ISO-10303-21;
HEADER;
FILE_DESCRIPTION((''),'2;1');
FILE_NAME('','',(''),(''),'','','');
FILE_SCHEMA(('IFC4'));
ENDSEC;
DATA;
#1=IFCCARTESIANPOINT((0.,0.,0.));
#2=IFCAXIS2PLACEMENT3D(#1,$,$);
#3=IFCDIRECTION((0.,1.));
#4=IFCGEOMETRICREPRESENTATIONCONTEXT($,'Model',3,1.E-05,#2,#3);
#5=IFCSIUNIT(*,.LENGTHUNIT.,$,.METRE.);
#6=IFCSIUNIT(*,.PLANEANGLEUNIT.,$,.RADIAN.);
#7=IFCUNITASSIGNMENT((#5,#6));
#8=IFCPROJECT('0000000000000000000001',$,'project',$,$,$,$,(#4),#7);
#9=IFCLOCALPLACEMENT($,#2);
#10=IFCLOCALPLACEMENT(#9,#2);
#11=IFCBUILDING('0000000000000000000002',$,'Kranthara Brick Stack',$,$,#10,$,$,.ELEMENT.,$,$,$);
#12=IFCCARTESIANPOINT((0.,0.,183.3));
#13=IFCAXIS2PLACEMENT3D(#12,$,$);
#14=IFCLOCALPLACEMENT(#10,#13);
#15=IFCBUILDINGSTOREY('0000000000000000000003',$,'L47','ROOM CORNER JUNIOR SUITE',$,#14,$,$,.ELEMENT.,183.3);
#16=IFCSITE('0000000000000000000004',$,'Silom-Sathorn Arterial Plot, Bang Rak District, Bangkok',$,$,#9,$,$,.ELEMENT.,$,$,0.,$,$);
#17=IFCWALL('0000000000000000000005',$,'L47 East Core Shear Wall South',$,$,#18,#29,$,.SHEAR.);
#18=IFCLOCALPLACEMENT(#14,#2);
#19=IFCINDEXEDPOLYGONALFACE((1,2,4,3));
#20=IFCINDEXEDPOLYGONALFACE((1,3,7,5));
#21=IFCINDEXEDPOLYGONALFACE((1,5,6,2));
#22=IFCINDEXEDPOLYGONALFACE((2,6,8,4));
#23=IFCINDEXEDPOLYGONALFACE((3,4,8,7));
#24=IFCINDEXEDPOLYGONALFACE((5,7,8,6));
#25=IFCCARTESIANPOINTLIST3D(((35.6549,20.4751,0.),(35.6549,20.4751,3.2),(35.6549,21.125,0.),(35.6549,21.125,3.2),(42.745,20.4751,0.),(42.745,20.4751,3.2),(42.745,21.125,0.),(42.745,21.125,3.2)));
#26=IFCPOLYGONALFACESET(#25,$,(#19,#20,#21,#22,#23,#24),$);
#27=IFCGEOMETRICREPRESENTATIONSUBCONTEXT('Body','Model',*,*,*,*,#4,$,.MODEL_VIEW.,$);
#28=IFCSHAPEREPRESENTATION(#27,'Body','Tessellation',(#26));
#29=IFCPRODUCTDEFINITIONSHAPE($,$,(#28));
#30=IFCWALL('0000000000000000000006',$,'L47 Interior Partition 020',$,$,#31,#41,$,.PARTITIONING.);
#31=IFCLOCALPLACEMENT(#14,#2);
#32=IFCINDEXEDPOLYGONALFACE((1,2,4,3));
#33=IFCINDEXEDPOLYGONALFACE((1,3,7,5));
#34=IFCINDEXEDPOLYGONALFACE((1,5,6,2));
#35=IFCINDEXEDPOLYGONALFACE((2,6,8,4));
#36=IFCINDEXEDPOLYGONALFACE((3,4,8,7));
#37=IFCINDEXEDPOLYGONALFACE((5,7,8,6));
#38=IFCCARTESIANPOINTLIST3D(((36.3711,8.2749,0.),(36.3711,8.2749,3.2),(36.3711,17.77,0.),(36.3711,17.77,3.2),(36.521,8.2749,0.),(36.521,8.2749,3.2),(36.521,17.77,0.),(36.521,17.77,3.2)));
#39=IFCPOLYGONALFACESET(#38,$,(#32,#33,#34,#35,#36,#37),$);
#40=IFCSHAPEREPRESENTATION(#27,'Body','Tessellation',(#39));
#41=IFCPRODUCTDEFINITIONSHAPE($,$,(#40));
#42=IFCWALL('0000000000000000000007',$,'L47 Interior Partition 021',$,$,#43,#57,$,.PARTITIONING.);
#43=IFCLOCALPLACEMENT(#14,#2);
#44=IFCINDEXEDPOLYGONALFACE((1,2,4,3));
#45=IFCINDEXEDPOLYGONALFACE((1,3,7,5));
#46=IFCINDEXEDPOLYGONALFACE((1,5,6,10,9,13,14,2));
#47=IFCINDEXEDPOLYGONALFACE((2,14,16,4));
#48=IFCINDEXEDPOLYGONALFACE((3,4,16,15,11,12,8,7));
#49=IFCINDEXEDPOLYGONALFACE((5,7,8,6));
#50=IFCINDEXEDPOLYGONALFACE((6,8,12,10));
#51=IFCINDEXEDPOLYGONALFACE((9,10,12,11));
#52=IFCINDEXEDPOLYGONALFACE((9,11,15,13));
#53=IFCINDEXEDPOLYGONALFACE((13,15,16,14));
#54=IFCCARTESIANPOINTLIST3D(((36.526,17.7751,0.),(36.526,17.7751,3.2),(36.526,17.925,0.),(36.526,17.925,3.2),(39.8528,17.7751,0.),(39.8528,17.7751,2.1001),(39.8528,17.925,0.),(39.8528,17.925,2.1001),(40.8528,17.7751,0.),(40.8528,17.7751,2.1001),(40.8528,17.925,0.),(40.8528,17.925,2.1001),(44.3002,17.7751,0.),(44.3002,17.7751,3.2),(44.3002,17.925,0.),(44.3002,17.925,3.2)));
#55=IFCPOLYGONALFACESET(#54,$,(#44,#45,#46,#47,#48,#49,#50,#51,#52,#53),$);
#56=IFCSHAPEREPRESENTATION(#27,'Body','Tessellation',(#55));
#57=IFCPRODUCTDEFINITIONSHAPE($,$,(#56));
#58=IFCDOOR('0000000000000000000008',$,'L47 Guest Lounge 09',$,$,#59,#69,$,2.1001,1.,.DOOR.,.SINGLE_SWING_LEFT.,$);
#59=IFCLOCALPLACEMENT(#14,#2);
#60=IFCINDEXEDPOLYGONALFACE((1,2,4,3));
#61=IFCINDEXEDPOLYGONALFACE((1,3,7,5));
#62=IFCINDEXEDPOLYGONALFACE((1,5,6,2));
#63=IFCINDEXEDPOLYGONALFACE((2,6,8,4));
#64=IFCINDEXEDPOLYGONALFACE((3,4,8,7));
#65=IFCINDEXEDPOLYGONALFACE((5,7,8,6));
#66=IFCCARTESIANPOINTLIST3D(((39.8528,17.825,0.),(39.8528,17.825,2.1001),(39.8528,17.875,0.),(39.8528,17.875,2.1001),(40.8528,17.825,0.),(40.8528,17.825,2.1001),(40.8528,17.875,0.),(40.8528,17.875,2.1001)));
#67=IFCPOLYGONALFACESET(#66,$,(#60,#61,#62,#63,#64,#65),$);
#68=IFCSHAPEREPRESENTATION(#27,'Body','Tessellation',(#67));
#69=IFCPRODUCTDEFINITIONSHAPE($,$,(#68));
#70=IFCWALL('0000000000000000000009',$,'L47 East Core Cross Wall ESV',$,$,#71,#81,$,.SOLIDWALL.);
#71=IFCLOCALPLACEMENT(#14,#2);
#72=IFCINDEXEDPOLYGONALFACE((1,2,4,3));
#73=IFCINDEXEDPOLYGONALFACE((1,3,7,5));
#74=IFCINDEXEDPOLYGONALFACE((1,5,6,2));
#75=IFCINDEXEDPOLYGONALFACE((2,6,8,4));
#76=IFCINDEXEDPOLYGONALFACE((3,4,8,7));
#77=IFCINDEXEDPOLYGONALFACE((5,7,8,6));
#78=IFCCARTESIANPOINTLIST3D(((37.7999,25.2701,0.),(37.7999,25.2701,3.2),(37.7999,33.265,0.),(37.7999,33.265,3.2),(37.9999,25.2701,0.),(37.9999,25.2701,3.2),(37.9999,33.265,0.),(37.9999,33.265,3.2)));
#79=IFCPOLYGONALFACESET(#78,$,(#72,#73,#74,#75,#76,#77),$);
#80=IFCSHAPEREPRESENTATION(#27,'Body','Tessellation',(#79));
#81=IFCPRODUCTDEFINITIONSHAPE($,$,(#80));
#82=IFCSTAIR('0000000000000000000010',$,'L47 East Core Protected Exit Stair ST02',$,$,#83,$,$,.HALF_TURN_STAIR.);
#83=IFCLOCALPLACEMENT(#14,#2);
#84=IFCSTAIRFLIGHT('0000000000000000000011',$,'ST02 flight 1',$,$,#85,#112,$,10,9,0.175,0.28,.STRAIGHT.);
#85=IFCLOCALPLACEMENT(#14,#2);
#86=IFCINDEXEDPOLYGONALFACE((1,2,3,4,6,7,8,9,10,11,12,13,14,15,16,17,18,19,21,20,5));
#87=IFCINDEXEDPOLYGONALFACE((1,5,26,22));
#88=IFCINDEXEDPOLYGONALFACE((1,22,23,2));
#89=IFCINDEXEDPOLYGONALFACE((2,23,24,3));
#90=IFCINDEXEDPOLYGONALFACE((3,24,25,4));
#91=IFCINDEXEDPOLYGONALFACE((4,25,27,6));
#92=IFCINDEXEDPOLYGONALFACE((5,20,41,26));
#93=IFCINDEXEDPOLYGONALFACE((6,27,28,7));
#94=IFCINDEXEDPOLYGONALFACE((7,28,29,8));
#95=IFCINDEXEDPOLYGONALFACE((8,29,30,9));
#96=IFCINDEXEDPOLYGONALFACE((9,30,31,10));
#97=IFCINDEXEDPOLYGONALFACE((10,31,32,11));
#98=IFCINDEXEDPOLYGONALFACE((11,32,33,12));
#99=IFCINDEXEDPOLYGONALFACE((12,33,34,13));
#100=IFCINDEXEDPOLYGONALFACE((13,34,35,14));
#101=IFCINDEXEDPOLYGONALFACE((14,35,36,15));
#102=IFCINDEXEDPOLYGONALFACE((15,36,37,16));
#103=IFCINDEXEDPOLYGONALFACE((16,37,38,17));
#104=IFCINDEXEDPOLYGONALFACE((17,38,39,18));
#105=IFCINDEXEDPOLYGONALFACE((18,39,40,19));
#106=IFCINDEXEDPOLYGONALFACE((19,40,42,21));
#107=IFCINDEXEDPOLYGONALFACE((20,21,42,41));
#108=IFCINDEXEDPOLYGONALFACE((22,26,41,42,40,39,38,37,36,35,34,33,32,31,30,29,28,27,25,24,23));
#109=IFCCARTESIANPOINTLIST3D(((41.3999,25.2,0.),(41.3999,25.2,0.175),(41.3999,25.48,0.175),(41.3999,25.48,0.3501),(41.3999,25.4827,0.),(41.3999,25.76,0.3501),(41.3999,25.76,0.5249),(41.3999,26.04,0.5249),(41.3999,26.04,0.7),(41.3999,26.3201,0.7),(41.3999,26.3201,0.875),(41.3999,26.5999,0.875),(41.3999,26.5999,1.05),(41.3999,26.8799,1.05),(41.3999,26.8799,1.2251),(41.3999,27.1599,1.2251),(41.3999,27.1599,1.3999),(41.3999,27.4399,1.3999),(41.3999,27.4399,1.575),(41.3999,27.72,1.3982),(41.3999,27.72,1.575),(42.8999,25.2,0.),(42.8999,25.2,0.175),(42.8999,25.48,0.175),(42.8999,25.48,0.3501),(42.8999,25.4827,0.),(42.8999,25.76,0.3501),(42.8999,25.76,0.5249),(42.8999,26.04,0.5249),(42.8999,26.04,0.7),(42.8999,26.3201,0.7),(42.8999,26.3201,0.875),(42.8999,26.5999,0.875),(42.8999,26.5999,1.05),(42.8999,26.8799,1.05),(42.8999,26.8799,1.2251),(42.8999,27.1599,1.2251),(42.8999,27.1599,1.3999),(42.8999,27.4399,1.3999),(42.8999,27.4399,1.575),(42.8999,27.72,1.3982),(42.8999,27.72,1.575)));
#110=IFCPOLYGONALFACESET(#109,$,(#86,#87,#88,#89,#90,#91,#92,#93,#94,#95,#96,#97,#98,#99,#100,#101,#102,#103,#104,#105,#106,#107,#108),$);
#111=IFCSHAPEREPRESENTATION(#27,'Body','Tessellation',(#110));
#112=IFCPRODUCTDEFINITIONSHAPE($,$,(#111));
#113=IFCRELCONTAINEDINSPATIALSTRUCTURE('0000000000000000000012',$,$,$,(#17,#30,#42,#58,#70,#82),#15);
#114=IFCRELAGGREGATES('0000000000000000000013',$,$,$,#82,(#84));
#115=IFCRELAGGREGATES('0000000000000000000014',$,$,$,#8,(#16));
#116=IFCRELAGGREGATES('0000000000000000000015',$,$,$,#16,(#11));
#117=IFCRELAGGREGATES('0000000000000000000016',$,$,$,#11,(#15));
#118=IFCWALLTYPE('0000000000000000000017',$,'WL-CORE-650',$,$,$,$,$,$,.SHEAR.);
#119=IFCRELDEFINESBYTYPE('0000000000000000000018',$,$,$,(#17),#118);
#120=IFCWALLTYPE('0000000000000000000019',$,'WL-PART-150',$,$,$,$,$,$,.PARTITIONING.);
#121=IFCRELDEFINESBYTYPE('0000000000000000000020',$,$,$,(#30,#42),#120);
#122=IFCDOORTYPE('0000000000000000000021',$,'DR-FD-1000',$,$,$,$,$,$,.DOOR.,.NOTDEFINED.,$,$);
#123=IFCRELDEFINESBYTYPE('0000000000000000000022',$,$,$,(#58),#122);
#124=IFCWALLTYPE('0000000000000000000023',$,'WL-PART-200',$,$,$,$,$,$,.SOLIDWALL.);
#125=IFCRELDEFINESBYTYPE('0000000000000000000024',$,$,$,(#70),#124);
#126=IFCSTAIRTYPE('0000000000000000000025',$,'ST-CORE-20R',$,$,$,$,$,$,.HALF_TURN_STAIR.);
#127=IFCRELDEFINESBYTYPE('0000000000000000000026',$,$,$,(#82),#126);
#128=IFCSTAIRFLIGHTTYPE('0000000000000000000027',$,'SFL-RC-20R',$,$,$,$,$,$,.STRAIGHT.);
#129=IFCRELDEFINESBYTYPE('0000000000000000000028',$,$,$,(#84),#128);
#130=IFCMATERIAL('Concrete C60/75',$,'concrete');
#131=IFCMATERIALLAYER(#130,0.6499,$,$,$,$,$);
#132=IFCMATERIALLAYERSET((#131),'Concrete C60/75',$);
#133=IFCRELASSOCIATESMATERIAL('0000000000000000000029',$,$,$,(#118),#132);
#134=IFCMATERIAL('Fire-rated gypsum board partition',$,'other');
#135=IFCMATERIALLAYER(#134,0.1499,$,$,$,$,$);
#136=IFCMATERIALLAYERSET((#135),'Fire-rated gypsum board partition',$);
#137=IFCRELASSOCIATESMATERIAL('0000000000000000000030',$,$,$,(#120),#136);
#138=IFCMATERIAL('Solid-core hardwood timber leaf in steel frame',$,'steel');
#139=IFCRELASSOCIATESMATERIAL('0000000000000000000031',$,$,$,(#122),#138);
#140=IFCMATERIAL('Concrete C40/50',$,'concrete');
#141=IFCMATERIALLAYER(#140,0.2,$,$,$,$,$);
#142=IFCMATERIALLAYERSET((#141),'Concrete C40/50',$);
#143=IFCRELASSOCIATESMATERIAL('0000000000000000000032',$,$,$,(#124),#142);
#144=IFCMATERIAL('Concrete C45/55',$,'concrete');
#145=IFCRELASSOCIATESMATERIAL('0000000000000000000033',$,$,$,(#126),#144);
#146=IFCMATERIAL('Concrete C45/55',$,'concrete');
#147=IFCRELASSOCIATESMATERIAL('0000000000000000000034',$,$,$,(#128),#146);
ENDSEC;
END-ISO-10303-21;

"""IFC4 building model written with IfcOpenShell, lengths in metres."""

from ifc_helpers import new_model, si_unit, direction, frame, frame_2d, origin, place, context, subcontext, project, spatial, polyline, rectangle, outline, extrude, material, layer, layer_set, type_object, element, fill, aggregate, save


model = new_model("IFC4")

# Units and contexts
model_context = context("Model", 3, precision=1e-05, world=origin(), true_north=direction((0.0, 1.0)))
body_context = subcontext(model_context, "Body", "Model", "MODEL_VIEW")
ifc_project = project(units=[si_unit("LENGTHUNIT", "METRE"), si_unit("PLANEANGLEUNIT", "RADIAN")], contexts=[model_context])

# Site, building, storey
site_placement = place(None, origin())
site = spatial("IfcSite", under=ifc_project, at=site_placement, Name="Silom-Sathorn Arterial Plot, Bang Rak District, Bangkok", CompositionType="ELEMENT", RefElevation=0.0)
building_placement = place(site_placement, origin())
building = spatial("IfcBuilding", under=site, at=building_placement, Name="Kranthara Brick Stack", CompositionType="ELEMENT")
storey_placement = place(building_placement, frame((0.0, 0.0, 183.3)))
storey = spatial("IfcBuildingStorey", under=building, at=storey_placement, Name="L47", Description="ROOM CORNER JUNIOR SUITE", CompositionType="ELEMENT", Elevation=183.3)

# Walls
ifc_material_1 = material(Name="Concrete C60/75", Category="concrete")
ifc_layer_1 = layer(ifc_material_1, 0.6499)
ifc_layer_set_1 = layer_set([ifc_layer_1], Name="Concrete C60/75")
wall_type_1 = type_object("IfcWallType", Name="WL-CORE-650", PredefinedType="SHEAR", material=ifc_layer_set_1)
wall_1_placement = place(storey_placement, frame((35.655, 20.8, 0.0), z_axis=(0.0, 0.0, 1.0), x_axis=(1.0, 0.0, 0.0)))
element("IfcWall", 1, at=wall_1_placement, inside=storey, type_object=wall_type_1, Name="L47 East Core Shear Wall South", PredefinedType="SHEAR", context=body_context, shape_type="SweptSolid", body=[
    extrude(rectangle(XDim=7.0901, YDim=0.6499, at=frame_2d((3.5449, 0.0))), origin(), (0.0, 0.0, 1.0), 3.2),
])
ifc_material_2 = material(Name="Fire-rated gypsum board partition", Category="other")
ifc_layer_2 = layer(ifc_material_2, 0.1499)
ifc_layer_set_2 = layer_set([ifc_layer_2], Name="Fire-rated gypsum board partition")
wall_type_2 = type_object("IfcWallType", Name="WL-PART-150", PredefinedType="PARTITIONING", material=ifc_layer_set_2)
wall_2_placement = place(storey_placement, frame((36.446, 8.2749, 0.0), z_axis=(0.0, 0.0, 1.0), x_axis=(0.0, 1.0, 0.0)))
element("IfcWall", 2, at=wall_2_placement, inside=storey, type_object=wall_type_2, Name="L47 Interior Partition 020", PredefinedType="PARTITIONING", context=body_context, shape_type="SweptSolid", body=[
    extrude(rectangle(XDim=9.4951, YDim=0.1499, at=frame_2d((4.7476, 0.0))), origin(), (0.0, 0.0, 1.0), 3.2),
])

# Wall, opening, door
wall_3_placement = place(storey_placement, frame((36.5259, 17.8501, 0.0), z_axis=(0.0, 0.0, 1.0), x_axis=(1.0, 0.0, 0.0)))
wall_3 = element("IfcWall", 3, at=wall_3_placement, inside=storey, type_object=wall_type_2, Name="L47 Interior Partition 021", PredefinedType="PARTITIONING", context=body_context, shape_type="SweptSolid", body=[
    extrude(rectangle(XDim=7.7742, YDim=0.1499, at=frame_2d((3.8872, 0.0))), origin(), (0.0, 0.0, 1.0), 3.2),
])
opening_1_placement = place(wall_3_placement, frame((3.3269, 0.0, 0.0)))
opening_1 = element("IfcOpeningElement", 4, at=opening_1_placement, cuts=wall_3, PredefinedType="OPENING", context=body_context, shape_type="SweptSolid", body=[
    extrude(rectangle(XDim=1.0, YDim=2.1001, at=frame_2d((0.5, 1.05))), frame((0.0, 0.085, 0.0), z_axis=(0.0, -1.0, 0.0), x_axis=(1.0, 0.0, 0.0)), (0.0, 0.0, 1.0), 0.1699),
])
ifc_material_3 = material(Name="Solid-core hardwood timber leaf in steel frame", Category="steel")
door_type_1 = type_object("IfcDoorType", Name="DR-FD-1000", OperationType="NOTDEFINED", PredefinedType="DOOR", material=ifc_material_3)
door_1_placement = place(opening_1_placement, origin())
door_1 = element("IfcDoor", 5, at=door_1_placement, inside=storey, type_object=door_type_1, Name="L47 Guest Lounge 09", OperationType="SINGLE_SWING_LEFT", OverallHeight=2.1001, OverallWidth=1.0, PredefinedType="DOOR", context=body_context, shape_type="SweptSolid", body=[
    extrude(rectangle(XDim=1.0, YDim=2.1001, at=frame_2d((0.5, 1.05))), frame((0.0, 0.0249, 0.0), z_axis=(0.0, -1.0, 0.0), x_axis=(1.0, 0.0, 0.0)), (0.0, 0.0, 1.0), 0.05),
])
fill(opening_1, door_1)

# Wall
ifc_material_4 = material(Name="Concrete C40/50", Category="concrete")
ifc_layer_3 = layer(ifc_material_4, 0.2)
ifc_layer_set_3 = layer_set([ifc_layer_3], Name="Concrete C40/50")
wall_type_3 = type_object("IfcWallType", Name="WL-PART-200", PredefinedType="SOLIDWALL", material=ifc_layer_set_3)
wall_4_placement = place(storey_placement, frame((37.8999, 25.27, 0.0), z_axis=(0.0, 0.0, 1.0), x_axis=(0.0, 1.0, 0.0)))
element("IfcWall", 6, at=wall_4_placement, inside=storey, type_object=wall_type_3, Name="L47 East Core Cross Wall ESV", PredefinedType="SOLIDWALL", context=body_context, shape_type="SweptSolid", body=[
    extrude(rectangle(XDim=7.9949, YDim=0.2, at=frame_2d((3.9976, 0.0))), origin(), (0.0, 0.0, 1.0), 3.2),
])

# Stair, stair flight
ifc_material_5 = material(Name="Concrete C45/55", Category="concrete")
stair_type = type_object("IfcStairType", Name="ST-CORE-20R", PredefinedType="HALF_TURN_STAIR", material=ifc_material_5)
stair_placement = place(storey_placement, origin())
stair = element("IfcStair", 7, at=stair_placement, inside=storey, type_object=stair_type, Name="L47 East Core Protected Exit Stair ST02", PredefinedType="HALF_TURN_STAIR")
ifc_material_6 = material(Name="Concrete C45/55", Category="concrete")
stair_flight_type = type_object("IfcStairFlightType", Name="SFL-RC-20R", PredefinedType="STRAIGHT", material=ifc_material_6)
stair_flight_placement = place(storey_placement, frame((42.1499, 25.2, 0.0), z_axis=(0.0, 0.0, 1.0), x_axis=(0.0, 1.0, 0.0)))
stair_flight = element("IfcStairFlight", 8, at=stair_flight_placement, type_object=stair_flight_type, Name="ST02 flight 1", NumberOfRisers=10, NumberOfTreads=9, PredefinedType="STRAIGHT", RiserHeight=0.175, TreadLength=0.28, context=body_context, shape_type="SweptSolid", body=[
    extrude(outline(polyline([(0.0, 0.0), (0.0, 0.175), (0.28, 0.175), (0.28, 0.3501), (0.5601, 0.3501), (0.5601, 0.5249), (0.8401, 0.5249), (0.8401, 0.7), (1.1201, 0.7), (1.1201, 0.875), (1.3999, 0.875), (1.3999, 1.05), (1.6799, 1.05), (1.6799, 1.2251), (1.96, 1.2251), (1.96, 1.3999), (2.24, 1.3999), (2.24, 1.575), (2.52, 1.575), (2.52, 1.75), (2.52, 1.3982), (0.2827, 0.0), (0.0, 0.0)])), frame((0.0, 0.75, 0.0), z_axis=(0.0, -1.0, 0.0), x_axis=(1.0, 0.0, 0.0)), (0.0, 0.0, 1.0), 1.5),
])
aggregate(stair, [stair_flight])

save(model, "model.ifc")
